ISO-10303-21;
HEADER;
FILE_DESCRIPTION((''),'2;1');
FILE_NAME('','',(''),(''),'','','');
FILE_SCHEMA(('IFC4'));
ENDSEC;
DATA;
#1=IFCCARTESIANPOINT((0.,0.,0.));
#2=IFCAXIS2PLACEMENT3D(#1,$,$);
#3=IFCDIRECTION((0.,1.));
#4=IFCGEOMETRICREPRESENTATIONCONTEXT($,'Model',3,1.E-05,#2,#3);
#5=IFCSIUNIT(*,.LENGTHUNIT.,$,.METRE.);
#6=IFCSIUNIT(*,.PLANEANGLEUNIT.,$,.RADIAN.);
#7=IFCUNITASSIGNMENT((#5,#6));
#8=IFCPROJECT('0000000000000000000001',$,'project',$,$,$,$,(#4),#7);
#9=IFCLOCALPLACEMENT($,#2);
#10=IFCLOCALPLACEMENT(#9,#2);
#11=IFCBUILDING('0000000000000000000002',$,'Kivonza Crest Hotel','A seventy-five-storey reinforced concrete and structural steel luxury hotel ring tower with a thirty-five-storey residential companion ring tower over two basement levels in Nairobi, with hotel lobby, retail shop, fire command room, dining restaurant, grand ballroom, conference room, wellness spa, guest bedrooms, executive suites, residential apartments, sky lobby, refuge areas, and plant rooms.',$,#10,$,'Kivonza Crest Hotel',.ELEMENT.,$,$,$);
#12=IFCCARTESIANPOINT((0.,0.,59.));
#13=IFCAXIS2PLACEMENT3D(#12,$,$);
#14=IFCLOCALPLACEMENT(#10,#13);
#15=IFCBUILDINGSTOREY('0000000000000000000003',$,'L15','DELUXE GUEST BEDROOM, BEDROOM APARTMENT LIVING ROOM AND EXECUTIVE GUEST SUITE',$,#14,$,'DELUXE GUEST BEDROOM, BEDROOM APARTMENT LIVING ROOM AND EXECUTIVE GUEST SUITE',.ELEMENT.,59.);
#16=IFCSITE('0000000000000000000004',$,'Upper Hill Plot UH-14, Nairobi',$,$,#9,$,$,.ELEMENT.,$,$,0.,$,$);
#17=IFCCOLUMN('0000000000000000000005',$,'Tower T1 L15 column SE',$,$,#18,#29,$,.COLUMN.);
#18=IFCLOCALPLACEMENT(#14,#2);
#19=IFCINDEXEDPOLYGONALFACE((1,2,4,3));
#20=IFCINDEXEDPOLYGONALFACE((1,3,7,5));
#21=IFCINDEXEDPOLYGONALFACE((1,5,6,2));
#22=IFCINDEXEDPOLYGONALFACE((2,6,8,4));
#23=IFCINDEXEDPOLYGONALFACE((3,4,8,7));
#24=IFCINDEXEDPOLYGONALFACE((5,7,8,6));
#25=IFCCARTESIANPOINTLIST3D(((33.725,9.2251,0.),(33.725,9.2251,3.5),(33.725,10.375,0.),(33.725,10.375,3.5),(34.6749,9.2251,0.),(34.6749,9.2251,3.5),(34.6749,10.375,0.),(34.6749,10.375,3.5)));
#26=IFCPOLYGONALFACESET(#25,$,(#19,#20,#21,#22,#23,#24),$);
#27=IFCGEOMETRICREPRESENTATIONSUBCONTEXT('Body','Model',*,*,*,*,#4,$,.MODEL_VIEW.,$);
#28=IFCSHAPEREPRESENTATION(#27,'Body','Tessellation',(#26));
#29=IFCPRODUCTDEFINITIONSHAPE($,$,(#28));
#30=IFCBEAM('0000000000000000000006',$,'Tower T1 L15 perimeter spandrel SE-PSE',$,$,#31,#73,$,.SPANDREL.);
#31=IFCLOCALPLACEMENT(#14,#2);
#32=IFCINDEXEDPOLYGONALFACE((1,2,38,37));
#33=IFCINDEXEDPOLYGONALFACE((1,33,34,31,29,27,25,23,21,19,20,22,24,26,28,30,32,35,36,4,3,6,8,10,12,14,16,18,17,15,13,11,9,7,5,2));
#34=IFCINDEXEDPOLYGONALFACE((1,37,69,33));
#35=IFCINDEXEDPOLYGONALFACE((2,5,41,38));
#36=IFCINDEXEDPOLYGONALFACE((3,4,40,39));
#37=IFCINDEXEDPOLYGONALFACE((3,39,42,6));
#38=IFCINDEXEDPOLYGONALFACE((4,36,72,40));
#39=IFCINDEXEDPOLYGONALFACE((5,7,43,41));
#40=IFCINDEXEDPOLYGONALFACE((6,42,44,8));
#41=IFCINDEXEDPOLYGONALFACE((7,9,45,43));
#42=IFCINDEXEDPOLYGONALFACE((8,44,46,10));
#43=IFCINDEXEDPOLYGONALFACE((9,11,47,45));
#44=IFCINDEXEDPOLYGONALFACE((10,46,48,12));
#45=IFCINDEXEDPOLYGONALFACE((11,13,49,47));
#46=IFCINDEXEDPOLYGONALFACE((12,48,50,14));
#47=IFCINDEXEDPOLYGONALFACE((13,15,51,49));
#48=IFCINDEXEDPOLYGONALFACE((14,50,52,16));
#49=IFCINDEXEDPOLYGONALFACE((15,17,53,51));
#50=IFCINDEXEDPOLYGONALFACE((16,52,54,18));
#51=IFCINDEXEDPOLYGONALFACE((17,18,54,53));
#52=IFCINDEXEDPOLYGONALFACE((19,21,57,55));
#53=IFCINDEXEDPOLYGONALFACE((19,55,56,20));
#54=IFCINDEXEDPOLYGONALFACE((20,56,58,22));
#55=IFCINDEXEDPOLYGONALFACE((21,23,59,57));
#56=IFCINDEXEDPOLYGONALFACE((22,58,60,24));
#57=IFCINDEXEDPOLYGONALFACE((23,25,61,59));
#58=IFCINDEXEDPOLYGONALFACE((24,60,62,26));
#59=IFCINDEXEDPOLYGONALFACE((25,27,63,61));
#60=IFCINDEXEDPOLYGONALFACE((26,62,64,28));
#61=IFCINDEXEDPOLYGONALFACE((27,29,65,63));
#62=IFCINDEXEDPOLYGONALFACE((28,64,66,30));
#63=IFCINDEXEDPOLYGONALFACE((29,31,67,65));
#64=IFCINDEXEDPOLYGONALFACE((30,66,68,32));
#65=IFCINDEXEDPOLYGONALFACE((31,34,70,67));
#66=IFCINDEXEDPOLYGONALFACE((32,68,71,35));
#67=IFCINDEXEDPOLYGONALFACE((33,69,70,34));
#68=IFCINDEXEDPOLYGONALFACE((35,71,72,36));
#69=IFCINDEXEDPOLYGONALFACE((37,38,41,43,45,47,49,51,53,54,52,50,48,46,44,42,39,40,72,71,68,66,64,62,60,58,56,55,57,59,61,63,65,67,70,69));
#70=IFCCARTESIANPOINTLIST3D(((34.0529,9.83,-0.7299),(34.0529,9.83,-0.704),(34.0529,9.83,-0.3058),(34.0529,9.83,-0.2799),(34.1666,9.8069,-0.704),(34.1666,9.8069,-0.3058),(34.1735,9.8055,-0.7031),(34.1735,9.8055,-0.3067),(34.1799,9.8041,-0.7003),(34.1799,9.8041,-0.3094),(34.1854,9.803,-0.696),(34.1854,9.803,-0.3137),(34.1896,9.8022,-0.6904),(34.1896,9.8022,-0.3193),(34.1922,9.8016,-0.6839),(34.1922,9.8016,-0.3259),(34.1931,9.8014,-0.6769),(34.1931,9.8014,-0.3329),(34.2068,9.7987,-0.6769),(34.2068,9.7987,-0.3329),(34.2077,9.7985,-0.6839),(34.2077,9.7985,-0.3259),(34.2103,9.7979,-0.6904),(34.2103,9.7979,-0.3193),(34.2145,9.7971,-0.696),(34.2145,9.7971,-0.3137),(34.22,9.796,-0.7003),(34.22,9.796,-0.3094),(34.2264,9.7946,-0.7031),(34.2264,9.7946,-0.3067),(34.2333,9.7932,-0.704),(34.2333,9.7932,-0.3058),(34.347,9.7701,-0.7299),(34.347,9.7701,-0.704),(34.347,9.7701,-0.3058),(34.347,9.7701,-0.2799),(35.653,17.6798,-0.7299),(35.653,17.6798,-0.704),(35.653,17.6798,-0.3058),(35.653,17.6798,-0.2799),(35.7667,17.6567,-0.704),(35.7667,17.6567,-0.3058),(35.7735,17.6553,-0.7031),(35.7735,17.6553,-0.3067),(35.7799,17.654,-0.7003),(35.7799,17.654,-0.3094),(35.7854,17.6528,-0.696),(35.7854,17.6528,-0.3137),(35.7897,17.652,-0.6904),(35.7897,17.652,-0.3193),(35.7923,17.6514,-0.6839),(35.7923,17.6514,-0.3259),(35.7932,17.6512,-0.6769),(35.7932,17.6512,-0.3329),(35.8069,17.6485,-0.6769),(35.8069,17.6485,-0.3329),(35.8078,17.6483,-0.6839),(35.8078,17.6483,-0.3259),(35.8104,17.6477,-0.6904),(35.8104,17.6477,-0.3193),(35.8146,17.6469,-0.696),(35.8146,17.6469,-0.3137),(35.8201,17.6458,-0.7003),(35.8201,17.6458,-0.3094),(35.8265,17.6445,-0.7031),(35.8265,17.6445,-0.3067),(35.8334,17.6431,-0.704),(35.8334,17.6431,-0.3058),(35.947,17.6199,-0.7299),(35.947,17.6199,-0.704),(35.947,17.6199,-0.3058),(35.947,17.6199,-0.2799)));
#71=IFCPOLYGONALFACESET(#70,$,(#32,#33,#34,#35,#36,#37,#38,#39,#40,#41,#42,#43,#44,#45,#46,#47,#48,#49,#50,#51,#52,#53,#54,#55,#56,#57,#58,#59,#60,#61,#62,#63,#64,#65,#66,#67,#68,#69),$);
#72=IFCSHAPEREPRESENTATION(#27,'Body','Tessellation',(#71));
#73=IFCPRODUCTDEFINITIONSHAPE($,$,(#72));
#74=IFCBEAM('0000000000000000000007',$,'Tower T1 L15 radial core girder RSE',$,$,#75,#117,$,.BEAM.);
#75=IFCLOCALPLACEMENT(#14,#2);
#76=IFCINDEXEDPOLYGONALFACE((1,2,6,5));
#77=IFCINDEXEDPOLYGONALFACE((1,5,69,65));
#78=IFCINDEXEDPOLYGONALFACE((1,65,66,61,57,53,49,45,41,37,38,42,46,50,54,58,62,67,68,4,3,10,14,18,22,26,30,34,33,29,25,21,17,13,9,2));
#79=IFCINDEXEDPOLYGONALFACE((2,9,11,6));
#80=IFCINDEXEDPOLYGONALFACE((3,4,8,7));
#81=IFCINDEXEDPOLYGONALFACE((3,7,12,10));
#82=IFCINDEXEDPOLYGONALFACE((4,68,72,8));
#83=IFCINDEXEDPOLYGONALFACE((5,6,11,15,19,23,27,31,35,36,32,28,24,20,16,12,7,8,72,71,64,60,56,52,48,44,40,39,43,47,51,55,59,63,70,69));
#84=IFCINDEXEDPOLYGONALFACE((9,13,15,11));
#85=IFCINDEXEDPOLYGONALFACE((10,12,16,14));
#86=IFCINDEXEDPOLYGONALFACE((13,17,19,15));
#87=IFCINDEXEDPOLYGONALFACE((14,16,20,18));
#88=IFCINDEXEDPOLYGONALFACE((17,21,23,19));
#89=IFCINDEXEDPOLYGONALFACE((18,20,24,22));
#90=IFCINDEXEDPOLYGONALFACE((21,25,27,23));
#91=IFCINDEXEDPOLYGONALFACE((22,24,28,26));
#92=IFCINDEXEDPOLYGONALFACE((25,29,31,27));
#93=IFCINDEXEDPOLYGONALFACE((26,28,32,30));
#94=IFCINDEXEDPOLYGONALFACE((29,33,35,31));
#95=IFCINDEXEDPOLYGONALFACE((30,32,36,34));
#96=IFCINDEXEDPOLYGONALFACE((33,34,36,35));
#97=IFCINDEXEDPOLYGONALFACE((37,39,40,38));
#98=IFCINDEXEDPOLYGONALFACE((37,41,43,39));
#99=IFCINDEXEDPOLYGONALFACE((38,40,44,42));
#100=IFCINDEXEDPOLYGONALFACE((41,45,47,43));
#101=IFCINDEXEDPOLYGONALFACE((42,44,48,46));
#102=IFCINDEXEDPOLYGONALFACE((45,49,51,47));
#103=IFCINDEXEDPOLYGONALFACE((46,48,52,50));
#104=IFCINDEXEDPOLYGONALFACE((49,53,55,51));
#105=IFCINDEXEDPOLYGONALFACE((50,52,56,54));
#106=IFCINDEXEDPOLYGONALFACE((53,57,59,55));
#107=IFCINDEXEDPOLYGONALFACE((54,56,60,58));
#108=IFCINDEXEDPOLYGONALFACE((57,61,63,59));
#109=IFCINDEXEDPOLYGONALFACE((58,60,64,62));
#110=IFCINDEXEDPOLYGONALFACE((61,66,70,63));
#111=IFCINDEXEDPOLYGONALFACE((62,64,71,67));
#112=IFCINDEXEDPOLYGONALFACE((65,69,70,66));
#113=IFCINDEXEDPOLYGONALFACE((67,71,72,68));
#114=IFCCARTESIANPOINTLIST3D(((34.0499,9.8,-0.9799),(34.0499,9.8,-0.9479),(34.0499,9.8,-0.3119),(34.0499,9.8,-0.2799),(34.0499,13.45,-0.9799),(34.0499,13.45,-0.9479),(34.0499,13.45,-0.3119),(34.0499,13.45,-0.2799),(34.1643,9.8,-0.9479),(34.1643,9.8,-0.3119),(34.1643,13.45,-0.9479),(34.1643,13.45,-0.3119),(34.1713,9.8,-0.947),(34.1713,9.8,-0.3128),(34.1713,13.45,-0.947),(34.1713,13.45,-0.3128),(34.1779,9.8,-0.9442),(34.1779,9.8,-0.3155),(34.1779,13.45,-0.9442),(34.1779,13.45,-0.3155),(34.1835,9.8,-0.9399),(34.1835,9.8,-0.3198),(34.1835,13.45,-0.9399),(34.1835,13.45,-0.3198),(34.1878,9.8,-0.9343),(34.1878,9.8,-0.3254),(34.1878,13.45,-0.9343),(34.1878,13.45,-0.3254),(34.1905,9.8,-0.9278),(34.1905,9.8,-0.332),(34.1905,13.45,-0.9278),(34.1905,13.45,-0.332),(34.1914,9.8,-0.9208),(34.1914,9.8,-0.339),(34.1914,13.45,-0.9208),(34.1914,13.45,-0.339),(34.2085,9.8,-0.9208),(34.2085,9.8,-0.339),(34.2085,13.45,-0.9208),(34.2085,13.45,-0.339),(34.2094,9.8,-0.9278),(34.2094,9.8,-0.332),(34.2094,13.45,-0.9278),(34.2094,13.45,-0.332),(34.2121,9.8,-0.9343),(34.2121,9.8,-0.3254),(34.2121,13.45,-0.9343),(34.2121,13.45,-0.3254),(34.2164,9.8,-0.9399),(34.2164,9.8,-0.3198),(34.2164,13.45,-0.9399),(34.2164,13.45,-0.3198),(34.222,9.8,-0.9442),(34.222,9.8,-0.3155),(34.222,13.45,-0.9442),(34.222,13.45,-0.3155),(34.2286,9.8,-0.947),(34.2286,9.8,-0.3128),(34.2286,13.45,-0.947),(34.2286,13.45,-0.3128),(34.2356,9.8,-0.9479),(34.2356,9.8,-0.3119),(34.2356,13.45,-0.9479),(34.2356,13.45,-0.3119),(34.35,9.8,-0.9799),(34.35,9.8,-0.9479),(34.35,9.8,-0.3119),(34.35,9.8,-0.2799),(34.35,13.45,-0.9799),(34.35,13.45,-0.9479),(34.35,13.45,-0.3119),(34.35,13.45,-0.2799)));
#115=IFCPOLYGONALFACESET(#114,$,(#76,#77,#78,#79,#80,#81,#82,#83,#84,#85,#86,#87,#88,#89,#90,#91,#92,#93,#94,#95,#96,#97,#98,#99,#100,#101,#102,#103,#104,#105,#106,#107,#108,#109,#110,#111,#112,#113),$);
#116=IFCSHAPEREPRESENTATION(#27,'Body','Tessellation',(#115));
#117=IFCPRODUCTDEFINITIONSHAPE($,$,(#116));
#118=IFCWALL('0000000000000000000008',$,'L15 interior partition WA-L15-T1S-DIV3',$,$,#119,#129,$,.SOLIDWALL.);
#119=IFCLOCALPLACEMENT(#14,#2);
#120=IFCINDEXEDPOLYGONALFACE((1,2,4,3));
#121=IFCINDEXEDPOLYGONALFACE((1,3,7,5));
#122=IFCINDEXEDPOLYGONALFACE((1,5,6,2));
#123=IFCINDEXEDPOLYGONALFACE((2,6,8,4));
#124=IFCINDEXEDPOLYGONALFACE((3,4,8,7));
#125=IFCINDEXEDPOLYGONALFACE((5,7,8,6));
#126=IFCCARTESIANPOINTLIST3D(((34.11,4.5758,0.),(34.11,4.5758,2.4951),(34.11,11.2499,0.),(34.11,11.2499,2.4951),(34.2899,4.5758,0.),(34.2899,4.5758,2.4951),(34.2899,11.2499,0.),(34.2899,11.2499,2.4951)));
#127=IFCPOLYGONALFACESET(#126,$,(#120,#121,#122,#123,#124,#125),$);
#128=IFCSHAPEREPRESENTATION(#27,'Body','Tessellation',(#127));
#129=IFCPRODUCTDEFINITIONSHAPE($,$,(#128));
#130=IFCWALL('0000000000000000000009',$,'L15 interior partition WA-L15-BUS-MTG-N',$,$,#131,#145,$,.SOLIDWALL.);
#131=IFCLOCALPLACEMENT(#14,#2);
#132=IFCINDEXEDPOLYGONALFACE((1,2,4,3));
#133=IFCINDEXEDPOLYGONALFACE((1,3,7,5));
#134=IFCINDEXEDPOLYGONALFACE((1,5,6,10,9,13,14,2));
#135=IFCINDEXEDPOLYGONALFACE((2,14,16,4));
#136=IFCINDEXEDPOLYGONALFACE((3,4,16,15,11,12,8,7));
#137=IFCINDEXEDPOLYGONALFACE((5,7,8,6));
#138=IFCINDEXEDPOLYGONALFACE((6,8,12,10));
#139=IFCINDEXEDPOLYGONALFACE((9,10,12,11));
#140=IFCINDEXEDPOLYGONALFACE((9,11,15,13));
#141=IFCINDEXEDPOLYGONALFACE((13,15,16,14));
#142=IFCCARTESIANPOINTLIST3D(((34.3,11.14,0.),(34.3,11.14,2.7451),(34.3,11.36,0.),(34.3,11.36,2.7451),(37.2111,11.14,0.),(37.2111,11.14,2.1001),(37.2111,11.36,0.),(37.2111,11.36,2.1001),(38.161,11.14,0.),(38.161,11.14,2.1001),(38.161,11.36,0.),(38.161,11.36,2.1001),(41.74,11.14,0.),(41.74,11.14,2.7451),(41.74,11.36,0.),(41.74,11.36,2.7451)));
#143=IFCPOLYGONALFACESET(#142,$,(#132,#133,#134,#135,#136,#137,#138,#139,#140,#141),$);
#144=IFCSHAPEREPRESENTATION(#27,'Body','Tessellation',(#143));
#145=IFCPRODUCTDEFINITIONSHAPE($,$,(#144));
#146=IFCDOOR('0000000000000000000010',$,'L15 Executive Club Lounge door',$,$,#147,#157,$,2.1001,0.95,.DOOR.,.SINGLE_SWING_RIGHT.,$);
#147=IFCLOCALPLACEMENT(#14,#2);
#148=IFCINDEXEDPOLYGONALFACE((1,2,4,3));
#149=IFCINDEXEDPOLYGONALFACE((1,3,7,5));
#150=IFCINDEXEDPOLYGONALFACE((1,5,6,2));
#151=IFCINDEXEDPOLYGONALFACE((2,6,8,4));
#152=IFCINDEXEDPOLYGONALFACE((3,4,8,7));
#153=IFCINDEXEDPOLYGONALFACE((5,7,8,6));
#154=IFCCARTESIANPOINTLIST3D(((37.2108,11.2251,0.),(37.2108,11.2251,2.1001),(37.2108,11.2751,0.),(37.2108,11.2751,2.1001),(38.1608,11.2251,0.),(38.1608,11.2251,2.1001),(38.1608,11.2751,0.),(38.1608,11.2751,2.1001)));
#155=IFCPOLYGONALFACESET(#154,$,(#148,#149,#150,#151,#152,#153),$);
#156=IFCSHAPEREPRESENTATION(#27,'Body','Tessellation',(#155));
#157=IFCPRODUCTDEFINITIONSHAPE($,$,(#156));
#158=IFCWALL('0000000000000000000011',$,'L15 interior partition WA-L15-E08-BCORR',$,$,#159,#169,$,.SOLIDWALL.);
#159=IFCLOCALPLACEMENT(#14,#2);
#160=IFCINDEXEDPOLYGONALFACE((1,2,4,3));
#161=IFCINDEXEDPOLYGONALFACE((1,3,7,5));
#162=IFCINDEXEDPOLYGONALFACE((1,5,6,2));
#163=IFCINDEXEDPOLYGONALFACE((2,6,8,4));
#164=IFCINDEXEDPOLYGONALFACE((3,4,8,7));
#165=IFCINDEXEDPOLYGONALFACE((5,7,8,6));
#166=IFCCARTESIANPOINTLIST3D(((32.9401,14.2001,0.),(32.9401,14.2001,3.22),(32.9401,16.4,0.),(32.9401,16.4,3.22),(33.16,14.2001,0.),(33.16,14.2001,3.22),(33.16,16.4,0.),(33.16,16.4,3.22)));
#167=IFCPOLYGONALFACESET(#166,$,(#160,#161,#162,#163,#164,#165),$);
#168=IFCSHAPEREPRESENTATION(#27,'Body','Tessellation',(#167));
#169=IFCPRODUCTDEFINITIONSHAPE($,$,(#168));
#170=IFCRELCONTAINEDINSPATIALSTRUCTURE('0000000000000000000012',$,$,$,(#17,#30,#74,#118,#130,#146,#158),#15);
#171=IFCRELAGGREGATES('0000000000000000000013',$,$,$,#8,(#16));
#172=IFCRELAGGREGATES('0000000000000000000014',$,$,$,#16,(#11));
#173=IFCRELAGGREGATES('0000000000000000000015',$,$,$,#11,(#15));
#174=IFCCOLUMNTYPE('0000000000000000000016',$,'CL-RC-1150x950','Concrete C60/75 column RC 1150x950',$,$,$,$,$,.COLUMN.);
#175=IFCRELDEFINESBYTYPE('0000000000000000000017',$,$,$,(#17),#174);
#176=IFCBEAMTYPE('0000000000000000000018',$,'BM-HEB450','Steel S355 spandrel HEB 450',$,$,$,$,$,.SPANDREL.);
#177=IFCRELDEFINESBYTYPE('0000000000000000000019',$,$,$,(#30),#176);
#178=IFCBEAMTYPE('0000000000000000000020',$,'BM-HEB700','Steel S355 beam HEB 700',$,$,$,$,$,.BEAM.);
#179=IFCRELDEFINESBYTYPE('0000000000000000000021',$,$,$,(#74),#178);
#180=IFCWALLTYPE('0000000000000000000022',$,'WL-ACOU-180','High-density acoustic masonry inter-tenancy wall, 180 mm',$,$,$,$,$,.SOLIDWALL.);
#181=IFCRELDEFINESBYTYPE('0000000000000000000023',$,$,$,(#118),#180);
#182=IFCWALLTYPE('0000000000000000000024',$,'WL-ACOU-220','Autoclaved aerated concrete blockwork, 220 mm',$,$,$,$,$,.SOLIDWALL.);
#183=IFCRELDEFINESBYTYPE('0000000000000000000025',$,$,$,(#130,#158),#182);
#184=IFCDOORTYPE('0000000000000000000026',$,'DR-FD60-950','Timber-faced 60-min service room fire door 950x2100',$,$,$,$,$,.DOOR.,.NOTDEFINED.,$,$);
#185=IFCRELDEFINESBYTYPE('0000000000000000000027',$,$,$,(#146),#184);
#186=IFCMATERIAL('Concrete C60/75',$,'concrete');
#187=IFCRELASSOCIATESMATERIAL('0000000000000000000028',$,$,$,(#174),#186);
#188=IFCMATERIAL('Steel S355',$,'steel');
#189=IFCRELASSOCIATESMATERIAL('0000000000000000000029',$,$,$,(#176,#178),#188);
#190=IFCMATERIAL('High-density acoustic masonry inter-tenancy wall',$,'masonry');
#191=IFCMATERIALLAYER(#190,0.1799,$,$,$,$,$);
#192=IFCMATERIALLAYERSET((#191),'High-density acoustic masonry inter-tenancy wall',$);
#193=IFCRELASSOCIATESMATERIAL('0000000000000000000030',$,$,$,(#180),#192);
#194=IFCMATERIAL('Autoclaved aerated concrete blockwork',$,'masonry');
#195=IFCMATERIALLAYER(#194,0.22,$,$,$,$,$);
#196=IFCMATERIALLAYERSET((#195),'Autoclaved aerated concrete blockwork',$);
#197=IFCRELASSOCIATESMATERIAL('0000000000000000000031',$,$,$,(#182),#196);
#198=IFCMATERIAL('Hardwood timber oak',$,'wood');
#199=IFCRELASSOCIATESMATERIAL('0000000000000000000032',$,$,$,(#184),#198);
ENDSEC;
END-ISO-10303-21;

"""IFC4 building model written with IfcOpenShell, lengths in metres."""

from ifc_helpers import new_model, si_unit, direction, frame, frame_2d, origin, origin_2d, place, context, subcontext, project, spatial, rectangle, i_section, extrude, material, layer, layer_set, material_profile, profile_set, type_object, element, fill, save


model = new_model("IFC4")

# Units and contexts
model_context = context("Model", 3, precision=1e-05, world=origin(), true_north=direction((0.0, 1.0)))
body_context = subcontext(model_context, "Body", "Model", "MODEL_VIEW")
ifc_project = project(units=[si_unit("LENGTHUNIT", "METRE"), si_unit("PLANEANGLEUNIT", "RADIAN")], contexts=[model_context])

# Site, building, storey
site_placement = place(None, origin())
site = spatial("IfcSite", under=ifc_project, at=site_placement, Name="Upper Hill Plot UH-14, Nairobi", CompositionType="ELEMENT", RefElevation=0.0)
building_placement = place(site_placement, origin())
building = spatial("IfcBuilding", under=site, at=building_placement, Name="Kivonza Crest Hotel", Description="A seventy-five-storey reinforced concrete and structural steel luxury hotel ring tower with a thirty-five-storey residential companion ring tower over two basement levels in Nairobi, with hotel lobby, retail shop, fire command room, dining restaurant, grand ballroom, conference room, wellness spa, guest bedrooms, executive suites, residential apartments, sky lobby, refuge areas, and plant rooms.", LongName="Kivonza Crest Hotel", CompositionType="ELEMENT")
storey_placement = place(building_placement, frame((0.0, 0.0, 59.0)))
storey = spatial("IfcBuildingStorey", under=building, at=storey_placement, Name="L15", Description="DELUXE GUEST BEDROOM, BEDROOM APARTMENT LIVING ROOM AND EXECUTIVE GUEST SUITE", LongName="DELUXE GUEST BEDROOM, BEDROOM APARTMENT LIVING ROOM AND EXECUTIVE GUEST SUITE", CompositionType="ELEMENT", Elevation=59.0)

# Column
ifc_material_1 = material(Name="Concrete C60/75", Category="concrete")
ifc_material_profile_1 = material_profile(ifc_material_1, rectangle(XDim=0.95, YDim=1.1499, at=origin_2d()), Name="RC 1150x950")
ifc_profile_set_1 = profile_set([ifc_material_profile_1], Name="Concrete C60/75")
column_type = type_object("IfcColumnType", Name="CL-RC-1150x950", Description="Concrete C60/75 column RC 1150x950", PredefinedType="COLUMN", material=ifc_profile_set_1)
column_placement = place(storey_placement, frame((34.2, 9.8, 0.0), z_axis=(0.0, 0.0, 1.0), x_axis=(1.0, 0.0, 0.0)))
element("IfcColumn", 1, at=column_placement, inside=storey, type_object=column_type, Name="Tower T1 L15 column SE", PredefinedType="COLUMN", context=body_context, shape_type="SweptSolid", body=[
    extrude(rectangle(XDim=0.95, YDim=1.1499, at=origin_2d()), origin(), (0.0, 0.0, 1.0), 3.5),
])

# Beams
ifc_material_2 = material(Name="Steel S355", Category="steel")
ifc_material_profile_2 = material_profile(ifc_material_2, i_section(OverallWidth=0.3, OverallDepth=0.45, WebThickness=0.0139, FlangeThickness=0.0259, FilletRadius=0.0271, at=origin_2d()), Name="HEB 450")
ifc_profile_set_2 = profile_set([ifc_material_profile_2], Name="Steel S355")
beam_type_1 = type_object("IfcBeamType", Name="BM-HEB450", Description="Steel S355 spandrel HEB 450", PredefinedType="SPANDREL", material=ifc_profile_set_2)
beam_1_placement = place(storey_placement, frame((34.2, 9.8, -0.5049), z_axis=(0.199731, 0.979851, 0.0), x_axis=(-0.979851, 0.199731, 0.0)))
element("IfcBeam", 2, at=beam_1_placement, inside=storey, type_object=beam_type_1, Name="Tower T1 L15 perimeter spandrel SE-PSE", PredefinedType="SPANDREL", context=body_context, shape_type="SweptSolid", body=[
    extrude(i_section(OverallWidth=0.3, OverallDepth=0.45, WebThickness=0.0139, FlangeThickness=0.0259, FilletRadius=0.0271, at=origin_2d()), origin(), (0.0, 0.0, 1.0), 8.0112),
])
ifc_material_profile_3 = material_profile(ifc_material_2, i_section(OverallWidth=0.3, OverallDepth=0.7, WebThickness=0.0171, FlangeThickness=0.032, FilletRadius=0.0271, at=origin_2d()), Name="HEB 700")
ifc_profile_set_3 = profile_set([ifc_material_profile_3], Name="Steel S355")
beam_type_2 = type_object("IfcBeamType", Name="BM-HEB700", Description="Steel S355 beam HEB 700", PredefinedType="BEAM", material=ifc_profile_set_3)
beam_2_placement = place(storey_placement, frame((34.2, 9.8, -0.6299), z_axis=(0.0, 1.0, 0.0), x_axis=(-1.0, 0.0, 0.0)))
element("IfcBeam", 3, at=beam_2_placement, inside=storey, type_object=beam_type_2, Name="Tower T1 L15 radial core girder RSE", PredefinedType="BEAM", context=body_context, shape_type="SweptSolid", body=[
    extrude(i_section(OverallWidth=0.3, OverallDepth=0.7, WebThickness=0.0171, FlangeThickness=0.032, FilletRadius=0.0271, at=origin_2d()), origin(), (0.0, 0.0, 1.0), 3.6499),
])

# Wall
ifc_material_3 = material(Name="High-density acoustic masonry inter-tenancy wall", Category="masonry")
ifc_layer_1 = layer(ifc_material_3, 0.1799)
ifc_layer_set_1 = layer_set([ifc_layer_1], Name="High-density acoustic masonry inter-tenancy wall")
wall_type_1 = type_object("IfcWallType", Name="WL-ACOU-180", Description="High-density acoustic masonry inter-tenancy wall, 180 mm", PredefinedType="SOLIDWALL", material=ifc_layer_set_1)
wall_1_placement = place(storey_placement, frame((34.2, 4.5759, 0.0), z_axis=(0.0, 0.0, 1.0), x_axis=(0.0, 1.0, 0.0)))
element("IfcWall", 4, at=wall_1_placement, inside=storey, type_object=wall_type_1, Name="L15 interior partition WA-L15-T1S-DIV3", PredefinedType="SOLIDWALL", context=body_context, shape_type="SweptSolid", body=[
    extrude(rectangle(XDim=6.6741, YDim=0.1799, at=frame_2d((3.3369, 0.0))), origin(), (0.0, 0.0, 1.0), 2.4951),
])

# Wall, opening, door
ifc_material_4 = material(Name="Autoclaved aerated concrete blockwork", Category="masonry")
ifc_layer_2 = layer(ifc_material_4, 0.22)
ifc_layer_set_2 = layer_set([ifc_layer_2], Name="Autoclaved aerated concrete blockwork")
wall_type_2 = type_object("IfcWallType", Name="WL-ACOU-220", Description="Autoclaved aerated concrete blockwork, 220 mm", PredefinedType="SOLIDWALL", material=ifc_layer_set_2)
wall_2_placement = place(storey_placement, frame((34.3, 11.25, 0.0), z_axis=(0.0, 0.0, 1.0), x_axis=(1.0, 0.0, 0.0)))
wall_2 = element("IfcWall", 5, at=wall_2_placement, inside=storey, type_object=wall_type_2, Name="L15 interior partition WA-L15-BUS-MTG-N", PredefinedType="SOLIDWALL", context=body_context, shape_type="SweptSolid", body=[
    extrude(rectangle(XDim=7.4399, YDim=0.22, at=frame_2d((3.72, 0.0))), origin(), (0.0, 0.0, 1.0), 2.7451),
])
opening_1_placement = place(wall_2_placement, frame((2.9109, 0.0, 0.0)))
opening_1 = element("IfcOpeningElement", 6, at=opening_1_placement, cuts=wall_2, PredefinedType="OPENING", context=body_context, shape_type="SweptSolid", body=[
    extrude(rectangle(XDim=0.95, YDim=2.1001, at=frame_2d((0.4751, 1.05))), frame((0.0, 0.1201, 0.0), z_axis=(0.0, -1.0, 0.0), x_axis=(1.0, 0.0, 0.0)), (0.0, 0.0, 1.0), 0.24),
])
ifc_material_5 = material(Name="Hardwood timber oak", Category="wood")
door_type_1 = type_object("IfcDoorType", Name="DR-FD60-950", Description="Timber-faced 60-min service room fire door 950x2100", OperationType="NOTDEFINED", PredefinedType="DOOR", material=ifc_material_5)
door_1_placement = place(opening_1_placement, frame((0.95, 0.0, 0.0), z_axis=(0.0, 0.0, 1.0), x_axis=(-1.0, 0.0, 0.0)))
door_1 = element("IfcDoor", 7, at=door_1_placement, inside=storey, type_object=door_type_1, Name="L15 Executive Club Lounge door", OperationType="SINGLE_SWING_RIGHT", OverallHeight=2.1001, OverallWidth=0.95, PredefinedType="DOOR", context=body_context, shape_type="SweptSolid", body=[
    extrude(rectangle(XDim=0.95, YDim=2.1001, at=frame_2d((0.4751, 1.05))), frame((0.0, 0.0249, 0.0), z_axis=(0.0, -1.0, 0.0), x_axis=(1.0, 0.0, 0.0)), (0.0, 0.0, 1.0), 0.05),
])
fill(opening_1, door_1)

# Wall
wall_3_placement = place(storey_placement, frame((33.05, 14.2, 0.0), z_axis=(0.0, 0.0, 1.0), x_axis=(0.0, 1.0, 0.0)))
element("IfcWall", 8, at=wall_3_placement, inside=storey, type_object=wall_type_2, Name="L15 interior partition WA-L15-E08-BCORR", PredefinedType="SOLIDWALL", context=body_context, shape_type="SweptSolid", body=[
    extrude(rectangle(XDim=2.2, YDim=0.22, at=frame_2d((1.1001, 0.0))), origin(), (0.0, 0.0, 1.0), 3.22),
])

save(model, "model.ifc")
